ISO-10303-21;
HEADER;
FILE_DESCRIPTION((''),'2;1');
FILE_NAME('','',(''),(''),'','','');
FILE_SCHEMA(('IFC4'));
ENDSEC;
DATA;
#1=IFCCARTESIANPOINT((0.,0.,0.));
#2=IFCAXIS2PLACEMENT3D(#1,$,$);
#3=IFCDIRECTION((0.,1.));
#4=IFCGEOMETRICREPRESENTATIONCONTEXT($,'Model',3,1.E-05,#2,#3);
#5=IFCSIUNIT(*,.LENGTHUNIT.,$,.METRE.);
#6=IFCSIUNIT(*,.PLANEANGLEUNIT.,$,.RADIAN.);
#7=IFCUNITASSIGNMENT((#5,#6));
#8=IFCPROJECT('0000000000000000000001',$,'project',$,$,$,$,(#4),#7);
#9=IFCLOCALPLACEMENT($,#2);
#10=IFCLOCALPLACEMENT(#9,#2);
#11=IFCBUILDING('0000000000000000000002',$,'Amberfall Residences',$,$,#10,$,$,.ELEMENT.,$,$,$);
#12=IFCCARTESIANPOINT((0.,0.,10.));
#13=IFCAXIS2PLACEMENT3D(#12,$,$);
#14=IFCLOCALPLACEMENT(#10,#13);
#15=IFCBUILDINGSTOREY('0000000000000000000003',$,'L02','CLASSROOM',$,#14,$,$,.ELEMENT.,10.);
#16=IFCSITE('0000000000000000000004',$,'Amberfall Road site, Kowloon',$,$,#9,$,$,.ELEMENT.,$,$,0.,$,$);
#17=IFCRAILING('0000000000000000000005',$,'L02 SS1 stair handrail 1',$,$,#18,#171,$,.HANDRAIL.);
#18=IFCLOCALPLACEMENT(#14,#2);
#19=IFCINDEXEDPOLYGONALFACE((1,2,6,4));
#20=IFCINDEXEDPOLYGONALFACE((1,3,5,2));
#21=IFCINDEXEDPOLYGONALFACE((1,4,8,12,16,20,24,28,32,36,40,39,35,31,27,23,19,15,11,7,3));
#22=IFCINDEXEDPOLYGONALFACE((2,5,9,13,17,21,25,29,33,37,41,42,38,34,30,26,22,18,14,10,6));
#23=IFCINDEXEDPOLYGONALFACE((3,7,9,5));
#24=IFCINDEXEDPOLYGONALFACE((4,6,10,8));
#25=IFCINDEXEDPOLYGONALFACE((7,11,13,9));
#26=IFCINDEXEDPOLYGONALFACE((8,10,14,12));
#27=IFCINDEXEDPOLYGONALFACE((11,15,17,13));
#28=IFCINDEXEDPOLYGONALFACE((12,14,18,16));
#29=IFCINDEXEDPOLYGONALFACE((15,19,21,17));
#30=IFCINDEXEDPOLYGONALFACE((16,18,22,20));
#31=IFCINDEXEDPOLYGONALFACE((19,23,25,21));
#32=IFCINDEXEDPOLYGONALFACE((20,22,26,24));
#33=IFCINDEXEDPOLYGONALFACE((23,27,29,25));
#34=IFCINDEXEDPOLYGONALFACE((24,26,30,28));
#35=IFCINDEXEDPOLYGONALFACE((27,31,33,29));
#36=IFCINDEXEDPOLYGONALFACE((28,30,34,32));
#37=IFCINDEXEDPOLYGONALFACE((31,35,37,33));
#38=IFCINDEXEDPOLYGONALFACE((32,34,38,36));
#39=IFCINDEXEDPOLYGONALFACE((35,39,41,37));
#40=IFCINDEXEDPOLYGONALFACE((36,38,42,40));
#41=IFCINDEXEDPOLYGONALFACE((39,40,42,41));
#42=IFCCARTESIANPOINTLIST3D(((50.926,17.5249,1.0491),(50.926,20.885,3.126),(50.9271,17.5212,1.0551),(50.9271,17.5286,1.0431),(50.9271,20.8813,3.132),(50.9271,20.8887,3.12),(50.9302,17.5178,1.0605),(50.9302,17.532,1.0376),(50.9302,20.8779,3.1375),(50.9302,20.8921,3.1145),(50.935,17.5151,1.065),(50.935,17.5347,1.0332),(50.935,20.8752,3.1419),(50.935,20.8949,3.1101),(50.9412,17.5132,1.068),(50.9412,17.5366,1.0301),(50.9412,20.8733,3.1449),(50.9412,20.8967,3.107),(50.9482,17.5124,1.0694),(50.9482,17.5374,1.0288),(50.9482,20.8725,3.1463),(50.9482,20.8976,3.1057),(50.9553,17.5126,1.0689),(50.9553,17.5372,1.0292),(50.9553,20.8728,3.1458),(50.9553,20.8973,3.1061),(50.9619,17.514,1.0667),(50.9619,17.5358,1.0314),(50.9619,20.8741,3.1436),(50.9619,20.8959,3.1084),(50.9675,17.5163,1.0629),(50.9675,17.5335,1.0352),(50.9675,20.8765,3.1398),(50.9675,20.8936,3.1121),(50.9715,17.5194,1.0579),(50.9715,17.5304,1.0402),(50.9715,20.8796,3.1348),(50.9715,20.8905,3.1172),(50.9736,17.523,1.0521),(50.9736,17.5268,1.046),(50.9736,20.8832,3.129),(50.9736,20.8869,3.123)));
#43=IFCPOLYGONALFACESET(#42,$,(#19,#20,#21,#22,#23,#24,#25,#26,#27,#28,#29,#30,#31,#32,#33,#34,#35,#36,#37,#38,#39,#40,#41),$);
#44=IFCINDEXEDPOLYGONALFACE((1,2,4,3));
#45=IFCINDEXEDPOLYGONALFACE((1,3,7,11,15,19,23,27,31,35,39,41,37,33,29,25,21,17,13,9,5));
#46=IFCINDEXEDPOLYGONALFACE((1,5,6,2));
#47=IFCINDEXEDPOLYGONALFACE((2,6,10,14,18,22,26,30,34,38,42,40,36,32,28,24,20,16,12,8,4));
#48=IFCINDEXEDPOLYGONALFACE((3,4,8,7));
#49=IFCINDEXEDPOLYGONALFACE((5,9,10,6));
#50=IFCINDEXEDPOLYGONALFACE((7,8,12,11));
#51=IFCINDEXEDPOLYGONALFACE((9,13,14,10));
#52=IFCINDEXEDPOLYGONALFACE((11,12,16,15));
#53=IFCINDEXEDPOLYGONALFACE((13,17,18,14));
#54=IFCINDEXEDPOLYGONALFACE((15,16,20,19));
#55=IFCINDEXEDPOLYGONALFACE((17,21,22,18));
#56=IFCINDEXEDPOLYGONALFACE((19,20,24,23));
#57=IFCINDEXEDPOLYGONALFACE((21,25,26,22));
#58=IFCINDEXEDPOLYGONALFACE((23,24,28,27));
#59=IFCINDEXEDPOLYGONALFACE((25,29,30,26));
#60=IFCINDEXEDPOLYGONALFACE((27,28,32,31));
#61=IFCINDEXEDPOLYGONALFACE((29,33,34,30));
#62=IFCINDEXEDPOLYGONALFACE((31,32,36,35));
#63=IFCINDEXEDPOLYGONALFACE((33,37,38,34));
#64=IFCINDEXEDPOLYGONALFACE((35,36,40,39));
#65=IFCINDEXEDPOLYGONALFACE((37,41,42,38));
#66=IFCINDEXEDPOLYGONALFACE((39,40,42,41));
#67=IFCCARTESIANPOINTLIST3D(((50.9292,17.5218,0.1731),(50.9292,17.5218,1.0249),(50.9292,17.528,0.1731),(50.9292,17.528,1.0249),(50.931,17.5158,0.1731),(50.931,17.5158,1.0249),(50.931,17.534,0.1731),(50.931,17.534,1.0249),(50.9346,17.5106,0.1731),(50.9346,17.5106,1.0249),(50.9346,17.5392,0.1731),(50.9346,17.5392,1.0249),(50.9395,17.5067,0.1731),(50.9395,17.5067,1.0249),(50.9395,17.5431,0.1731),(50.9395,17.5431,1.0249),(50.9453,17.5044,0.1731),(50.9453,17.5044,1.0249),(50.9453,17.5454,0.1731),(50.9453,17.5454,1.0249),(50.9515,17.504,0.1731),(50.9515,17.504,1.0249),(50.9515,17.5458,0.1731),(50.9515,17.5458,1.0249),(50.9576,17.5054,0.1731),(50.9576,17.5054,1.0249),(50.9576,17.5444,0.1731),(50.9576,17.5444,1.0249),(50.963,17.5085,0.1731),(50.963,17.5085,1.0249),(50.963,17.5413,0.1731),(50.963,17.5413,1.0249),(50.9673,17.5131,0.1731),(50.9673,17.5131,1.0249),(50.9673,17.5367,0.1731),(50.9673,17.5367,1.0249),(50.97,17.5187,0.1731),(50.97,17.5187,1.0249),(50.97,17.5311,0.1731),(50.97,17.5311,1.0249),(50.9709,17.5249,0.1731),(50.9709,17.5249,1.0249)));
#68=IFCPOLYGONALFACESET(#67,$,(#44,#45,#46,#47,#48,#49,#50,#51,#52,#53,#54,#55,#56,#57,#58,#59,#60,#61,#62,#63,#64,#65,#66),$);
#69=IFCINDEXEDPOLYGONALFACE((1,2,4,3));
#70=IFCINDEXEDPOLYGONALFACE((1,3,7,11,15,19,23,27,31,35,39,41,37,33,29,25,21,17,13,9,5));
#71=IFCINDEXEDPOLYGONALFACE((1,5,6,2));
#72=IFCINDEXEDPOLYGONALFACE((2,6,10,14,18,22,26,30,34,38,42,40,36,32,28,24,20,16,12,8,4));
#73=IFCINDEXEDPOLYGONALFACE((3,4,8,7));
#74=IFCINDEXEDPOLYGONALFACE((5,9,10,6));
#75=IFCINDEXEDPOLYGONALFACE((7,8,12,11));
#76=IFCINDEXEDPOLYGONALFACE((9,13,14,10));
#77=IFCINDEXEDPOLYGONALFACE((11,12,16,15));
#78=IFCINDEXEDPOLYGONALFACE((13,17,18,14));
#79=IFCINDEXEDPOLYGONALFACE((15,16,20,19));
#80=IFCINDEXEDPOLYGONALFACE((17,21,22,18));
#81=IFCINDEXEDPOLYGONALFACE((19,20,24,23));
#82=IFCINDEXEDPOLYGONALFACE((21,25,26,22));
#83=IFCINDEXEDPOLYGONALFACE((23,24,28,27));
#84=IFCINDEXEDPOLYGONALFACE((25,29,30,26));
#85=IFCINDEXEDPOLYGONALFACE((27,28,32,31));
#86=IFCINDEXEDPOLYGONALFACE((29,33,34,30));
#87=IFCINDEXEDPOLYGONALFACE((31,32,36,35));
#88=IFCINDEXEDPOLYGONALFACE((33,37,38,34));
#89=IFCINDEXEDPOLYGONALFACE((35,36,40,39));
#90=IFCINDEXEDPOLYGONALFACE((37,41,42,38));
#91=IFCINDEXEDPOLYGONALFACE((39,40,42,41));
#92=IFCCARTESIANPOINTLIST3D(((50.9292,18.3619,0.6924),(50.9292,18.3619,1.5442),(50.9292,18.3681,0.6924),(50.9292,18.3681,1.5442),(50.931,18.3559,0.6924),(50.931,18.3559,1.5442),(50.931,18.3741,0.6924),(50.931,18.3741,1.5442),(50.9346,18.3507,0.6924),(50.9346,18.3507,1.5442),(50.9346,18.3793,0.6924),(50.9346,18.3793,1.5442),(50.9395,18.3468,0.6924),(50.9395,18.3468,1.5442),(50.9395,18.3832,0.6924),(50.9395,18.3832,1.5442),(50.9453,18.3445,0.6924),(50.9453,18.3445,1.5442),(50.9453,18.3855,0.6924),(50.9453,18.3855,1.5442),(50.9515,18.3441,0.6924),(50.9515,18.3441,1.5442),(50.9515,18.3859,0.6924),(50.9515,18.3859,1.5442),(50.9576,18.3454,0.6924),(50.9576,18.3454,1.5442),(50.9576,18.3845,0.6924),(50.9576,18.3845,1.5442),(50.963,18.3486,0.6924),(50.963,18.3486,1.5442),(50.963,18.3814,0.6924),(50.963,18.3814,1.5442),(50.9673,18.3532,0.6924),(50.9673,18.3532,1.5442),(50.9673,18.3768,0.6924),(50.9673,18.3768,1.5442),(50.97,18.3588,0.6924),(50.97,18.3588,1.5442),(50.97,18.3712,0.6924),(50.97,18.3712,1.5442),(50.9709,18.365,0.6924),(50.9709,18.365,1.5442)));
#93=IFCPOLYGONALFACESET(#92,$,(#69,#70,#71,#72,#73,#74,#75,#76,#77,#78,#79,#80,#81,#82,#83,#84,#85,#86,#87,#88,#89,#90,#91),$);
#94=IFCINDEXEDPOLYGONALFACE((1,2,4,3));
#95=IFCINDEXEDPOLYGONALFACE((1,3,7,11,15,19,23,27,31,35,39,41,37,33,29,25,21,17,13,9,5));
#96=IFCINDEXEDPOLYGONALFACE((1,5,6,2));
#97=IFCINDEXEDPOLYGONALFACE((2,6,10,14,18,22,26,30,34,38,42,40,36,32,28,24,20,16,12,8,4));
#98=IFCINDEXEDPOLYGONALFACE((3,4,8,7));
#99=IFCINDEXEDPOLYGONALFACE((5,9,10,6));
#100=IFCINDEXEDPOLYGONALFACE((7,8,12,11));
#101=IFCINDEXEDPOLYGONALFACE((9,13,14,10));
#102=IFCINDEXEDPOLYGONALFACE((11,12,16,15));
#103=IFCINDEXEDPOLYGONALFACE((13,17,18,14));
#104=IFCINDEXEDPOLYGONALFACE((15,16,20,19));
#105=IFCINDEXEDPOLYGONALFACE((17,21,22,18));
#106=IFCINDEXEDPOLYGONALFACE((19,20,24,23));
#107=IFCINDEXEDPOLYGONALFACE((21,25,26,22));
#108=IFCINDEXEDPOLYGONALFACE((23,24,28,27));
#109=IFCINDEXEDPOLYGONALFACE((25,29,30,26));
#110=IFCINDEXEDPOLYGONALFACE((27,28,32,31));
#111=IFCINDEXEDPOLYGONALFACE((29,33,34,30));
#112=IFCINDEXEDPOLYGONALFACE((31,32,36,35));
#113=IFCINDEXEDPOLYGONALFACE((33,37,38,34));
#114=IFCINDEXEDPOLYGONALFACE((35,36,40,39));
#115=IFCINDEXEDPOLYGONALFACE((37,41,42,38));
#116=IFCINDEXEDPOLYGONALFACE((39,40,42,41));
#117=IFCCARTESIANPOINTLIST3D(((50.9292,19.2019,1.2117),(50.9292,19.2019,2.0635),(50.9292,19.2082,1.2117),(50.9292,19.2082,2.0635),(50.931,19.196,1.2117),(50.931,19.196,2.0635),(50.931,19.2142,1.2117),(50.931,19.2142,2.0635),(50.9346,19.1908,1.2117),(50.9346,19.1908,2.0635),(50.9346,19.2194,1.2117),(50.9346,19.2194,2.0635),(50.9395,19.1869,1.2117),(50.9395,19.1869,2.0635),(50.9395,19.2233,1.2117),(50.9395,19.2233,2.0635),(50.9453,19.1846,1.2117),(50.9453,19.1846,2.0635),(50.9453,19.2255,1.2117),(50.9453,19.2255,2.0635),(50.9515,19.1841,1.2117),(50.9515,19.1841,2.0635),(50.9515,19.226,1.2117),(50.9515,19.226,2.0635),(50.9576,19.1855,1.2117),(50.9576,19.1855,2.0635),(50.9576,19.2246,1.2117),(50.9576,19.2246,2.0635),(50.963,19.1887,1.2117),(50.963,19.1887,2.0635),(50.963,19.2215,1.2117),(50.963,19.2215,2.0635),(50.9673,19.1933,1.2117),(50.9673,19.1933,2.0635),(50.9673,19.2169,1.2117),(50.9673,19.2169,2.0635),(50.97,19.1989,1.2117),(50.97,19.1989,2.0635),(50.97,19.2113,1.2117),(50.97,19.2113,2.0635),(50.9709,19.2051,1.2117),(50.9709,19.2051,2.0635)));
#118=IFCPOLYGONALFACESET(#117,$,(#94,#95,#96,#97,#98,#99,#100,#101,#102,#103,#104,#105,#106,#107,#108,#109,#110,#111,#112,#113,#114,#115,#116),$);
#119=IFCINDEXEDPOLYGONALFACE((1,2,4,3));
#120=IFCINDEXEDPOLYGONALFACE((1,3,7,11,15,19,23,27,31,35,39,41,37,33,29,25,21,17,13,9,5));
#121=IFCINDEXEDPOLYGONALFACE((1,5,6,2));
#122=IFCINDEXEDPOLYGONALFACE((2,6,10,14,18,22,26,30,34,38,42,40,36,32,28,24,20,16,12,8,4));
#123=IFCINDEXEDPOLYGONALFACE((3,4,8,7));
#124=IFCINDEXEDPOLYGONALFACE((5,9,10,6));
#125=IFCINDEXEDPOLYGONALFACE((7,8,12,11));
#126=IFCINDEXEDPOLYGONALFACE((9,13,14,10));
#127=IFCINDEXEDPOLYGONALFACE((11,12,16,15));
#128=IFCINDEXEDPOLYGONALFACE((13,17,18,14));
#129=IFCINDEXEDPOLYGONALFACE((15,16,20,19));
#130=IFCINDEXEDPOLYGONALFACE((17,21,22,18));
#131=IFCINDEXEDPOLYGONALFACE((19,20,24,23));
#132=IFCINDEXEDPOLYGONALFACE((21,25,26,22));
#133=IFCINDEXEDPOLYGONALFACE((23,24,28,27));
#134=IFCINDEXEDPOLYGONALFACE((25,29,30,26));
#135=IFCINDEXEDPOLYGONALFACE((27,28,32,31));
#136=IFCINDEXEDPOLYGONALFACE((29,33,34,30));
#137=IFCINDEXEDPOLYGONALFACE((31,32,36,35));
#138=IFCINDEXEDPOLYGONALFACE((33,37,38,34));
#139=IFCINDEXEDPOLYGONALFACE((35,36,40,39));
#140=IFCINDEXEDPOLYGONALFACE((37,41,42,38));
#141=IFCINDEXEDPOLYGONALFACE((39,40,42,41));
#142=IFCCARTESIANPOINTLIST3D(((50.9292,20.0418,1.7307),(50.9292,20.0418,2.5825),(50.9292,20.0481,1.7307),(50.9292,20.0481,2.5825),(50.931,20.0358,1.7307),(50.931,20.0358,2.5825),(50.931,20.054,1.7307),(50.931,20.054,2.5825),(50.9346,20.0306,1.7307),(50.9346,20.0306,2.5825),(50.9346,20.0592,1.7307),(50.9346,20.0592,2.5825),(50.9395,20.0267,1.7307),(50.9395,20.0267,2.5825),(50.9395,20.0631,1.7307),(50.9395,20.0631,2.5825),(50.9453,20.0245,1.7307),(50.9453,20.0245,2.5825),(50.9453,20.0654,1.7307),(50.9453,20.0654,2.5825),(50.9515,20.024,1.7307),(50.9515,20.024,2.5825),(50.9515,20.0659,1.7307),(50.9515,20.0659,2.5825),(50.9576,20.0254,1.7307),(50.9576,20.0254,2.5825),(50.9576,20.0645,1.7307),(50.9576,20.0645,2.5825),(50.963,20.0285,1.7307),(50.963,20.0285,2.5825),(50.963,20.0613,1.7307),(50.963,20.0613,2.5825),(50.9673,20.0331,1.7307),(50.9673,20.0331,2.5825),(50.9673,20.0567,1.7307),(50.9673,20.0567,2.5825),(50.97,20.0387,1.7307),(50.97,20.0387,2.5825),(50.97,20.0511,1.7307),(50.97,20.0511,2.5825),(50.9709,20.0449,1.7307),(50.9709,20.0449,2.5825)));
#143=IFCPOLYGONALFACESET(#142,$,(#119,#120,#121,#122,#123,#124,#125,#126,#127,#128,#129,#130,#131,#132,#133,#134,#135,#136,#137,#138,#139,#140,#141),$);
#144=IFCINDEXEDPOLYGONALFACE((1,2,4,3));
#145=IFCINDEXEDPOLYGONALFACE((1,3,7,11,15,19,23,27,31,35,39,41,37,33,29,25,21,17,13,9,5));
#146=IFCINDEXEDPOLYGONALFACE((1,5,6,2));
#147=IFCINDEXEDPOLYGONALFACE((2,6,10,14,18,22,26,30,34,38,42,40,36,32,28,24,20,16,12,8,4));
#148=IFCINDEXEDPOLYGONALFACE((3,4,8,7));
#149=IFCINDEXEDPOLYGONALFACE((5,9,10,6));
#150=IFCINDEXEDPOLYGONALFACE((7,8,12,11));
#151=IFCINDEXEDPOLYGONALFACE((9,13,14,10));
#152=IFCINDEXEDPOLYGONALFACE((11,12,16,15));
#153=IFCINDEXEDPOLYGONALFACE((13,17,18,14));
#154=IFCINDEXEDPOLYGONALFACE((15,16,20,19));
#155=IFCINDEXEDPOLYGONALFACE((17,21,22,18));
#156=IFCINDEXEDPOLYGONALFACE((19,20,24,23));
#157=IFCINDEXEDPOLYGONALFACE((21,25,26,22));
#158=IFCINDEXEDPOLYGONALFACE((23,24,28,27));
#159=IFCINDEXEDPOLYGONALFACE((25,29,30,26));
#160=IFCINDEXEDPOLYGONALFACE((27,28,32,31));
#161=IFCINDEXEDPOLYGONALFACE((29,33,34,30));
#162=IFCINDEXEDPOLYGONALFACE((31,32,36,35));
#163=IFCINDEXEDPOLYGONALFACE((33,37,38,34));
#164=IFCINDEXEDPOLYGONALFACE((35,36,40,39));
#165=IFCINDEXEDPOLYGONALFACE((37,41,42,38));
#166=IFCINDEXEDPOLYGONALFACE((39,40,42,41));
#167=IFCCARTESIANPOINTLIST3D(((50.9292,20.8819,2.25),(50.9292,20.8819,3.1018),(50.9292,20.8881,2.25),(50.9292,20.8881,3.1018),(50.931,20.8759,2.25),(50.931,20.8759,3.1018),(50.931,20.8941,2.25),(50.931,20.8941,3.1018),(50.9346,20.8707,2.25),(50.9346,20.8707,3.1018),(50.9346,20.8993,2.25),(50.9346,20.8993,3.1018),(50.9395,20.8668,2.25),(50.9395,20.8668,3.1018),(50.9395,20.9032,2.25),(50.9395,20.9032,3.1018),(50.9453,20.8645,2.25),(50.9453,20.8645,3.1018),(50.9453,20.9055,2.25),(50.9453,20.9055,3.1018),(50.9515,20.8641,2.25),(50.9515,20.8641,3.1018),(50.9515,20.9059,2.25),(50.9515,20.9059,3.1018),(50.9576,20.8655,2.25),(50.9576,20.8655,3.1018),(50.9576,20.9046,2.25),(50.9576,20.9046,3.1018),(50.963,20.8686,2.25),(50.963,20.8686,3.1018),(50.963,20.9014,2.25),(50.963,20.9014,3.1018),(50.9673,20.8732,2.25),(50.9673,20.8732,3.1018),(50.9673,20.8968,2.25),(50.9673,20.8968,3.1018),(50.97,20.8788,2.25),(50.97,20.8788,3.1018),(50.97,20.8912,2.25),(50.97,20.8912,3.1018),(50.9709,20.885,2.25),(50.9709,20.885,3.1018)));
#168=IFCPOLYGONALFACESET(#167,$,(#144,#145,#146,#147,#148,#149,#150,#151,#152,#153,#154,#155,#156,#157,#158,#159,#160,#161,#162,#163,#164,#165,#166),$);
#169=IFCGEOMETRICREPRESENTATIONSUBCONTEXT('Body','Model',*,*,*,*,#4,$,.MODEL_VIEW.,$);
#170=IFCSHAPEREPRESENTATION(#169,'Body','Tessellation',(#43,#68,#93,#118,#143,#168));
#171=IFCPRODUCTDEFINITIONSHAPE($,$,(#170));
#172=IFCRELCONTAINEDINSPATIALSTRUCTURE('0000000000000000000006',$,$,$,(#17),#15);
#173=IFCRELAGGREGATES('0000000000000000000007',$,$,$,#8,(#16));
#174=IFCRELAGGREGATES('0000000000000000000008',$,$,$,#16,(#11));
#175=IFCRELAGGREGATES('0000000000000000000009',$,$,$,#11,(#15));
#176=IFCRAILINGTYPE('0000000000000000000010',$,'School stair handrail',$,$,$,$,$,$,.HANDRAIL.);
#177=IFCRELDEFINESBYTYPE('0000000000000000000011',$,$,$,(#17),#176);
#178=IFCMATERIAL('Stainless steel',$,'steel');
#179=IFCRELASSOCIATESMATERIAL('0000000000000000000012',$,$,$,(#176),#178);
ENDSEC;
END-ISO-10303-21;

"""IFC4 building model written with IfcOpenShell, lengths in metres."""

from ifc_helpers import new_model, si_unit, direction, frame, origin, origin_2d, place, context, subcontext, project, spatial, circle, extrude, material, type_object, element, save


model = new_model("IFC4")

# Units and contexts
model_context = context("Model", 3, precision=1e-05, world=origin(), true_north=direction((0.0, 1.0)))
body_context = subcontext(model_context, "Body", "Model", "MODEL_VIEW")
ifc_project = project(units=[si_unit("LENGTHUNIT", "METRE"), si_unit("PLANEANGLEUNIT", "RADIAN")], contexts=[model_context])

# Site, building, storey
site_placement = place(None, origin())
site = spatial("IfcSite", under=ifc_project, at=site_placement, Name="Amberfall Road site, Kowloon", CompositionType="ELEMENT", RefElevation=0.0)
building_placement = place(site_placement, origin())
building = spatial("IfcBuilding", under=site, at=building_placement, Name="Amberfall Residences", CompositionType="ELEMENT")
storey_placement = place(building_placement, frame((0.0, 0.0, 10.0)))
storey = spatial("IfcBuildingStorey", under=building, at=storey_placement, Name="L02", Description="CLASSROOM", CompositionType="ELEMENT", Elevation=10.0)

# Railing
ifc_material_1 = material(Name="Stainless steel", Category="steel")
railing_type_1 = type_object("IfcRailingType", Name="School stair handrail", PredefinedType="HANDRAIL", material=ifc_material_1)
railing_1_placement = place(storey_placement, frame((50.95, 17.5249, 0.1731)))
element("IfcRailing", 1, at=railing_1_placement, inside=storey, type_object=railing_type_1, Name="L02 SS1 stair handrail 1", PredefinedType="HANDRAIL", context=body_context, shape_type="SweptSolid", body=[
    extrude(circle(Radius=0.0239, at=origin_2d()), frame((0.0, 0.0, 0.876), z_axis=(0.0, 0.850623, 0.525776), x_axis=(-1.0, 0.0, 0.0)), (0.0, 0.0, 1.0), 3.9502),
    extrude(circle(Radius=0.021, at=origin_2d()), origin(), (0.0, 0.0, 1.0), 0.8518),
    extrude(circle(Radius=0.021, at=origin_2d()), frame((0.0, 0.8401, 0.5193)), (0.0, 0.0, 1.0), 0.8518),
    extrude(circle(Radius=0.021, at=origin_2d()), frame((0.0, 1.6802, 1.0386)), (0.0, 0.0, 1.0), 0.8518),
    extrude(circle(Radius=0.021, at=origin_2d()), frame((0.0, 2.52, 1.5576)), (0.0, 0.0, 1.0), 0.8518),
    extrude(circle(Radius=0.021, at=origin_2d()), frame((0.0, 3.3601, 2.0769)), (0.0, 0.0, 1.0), 0.8518),
])

save(model, "model.ifc")
